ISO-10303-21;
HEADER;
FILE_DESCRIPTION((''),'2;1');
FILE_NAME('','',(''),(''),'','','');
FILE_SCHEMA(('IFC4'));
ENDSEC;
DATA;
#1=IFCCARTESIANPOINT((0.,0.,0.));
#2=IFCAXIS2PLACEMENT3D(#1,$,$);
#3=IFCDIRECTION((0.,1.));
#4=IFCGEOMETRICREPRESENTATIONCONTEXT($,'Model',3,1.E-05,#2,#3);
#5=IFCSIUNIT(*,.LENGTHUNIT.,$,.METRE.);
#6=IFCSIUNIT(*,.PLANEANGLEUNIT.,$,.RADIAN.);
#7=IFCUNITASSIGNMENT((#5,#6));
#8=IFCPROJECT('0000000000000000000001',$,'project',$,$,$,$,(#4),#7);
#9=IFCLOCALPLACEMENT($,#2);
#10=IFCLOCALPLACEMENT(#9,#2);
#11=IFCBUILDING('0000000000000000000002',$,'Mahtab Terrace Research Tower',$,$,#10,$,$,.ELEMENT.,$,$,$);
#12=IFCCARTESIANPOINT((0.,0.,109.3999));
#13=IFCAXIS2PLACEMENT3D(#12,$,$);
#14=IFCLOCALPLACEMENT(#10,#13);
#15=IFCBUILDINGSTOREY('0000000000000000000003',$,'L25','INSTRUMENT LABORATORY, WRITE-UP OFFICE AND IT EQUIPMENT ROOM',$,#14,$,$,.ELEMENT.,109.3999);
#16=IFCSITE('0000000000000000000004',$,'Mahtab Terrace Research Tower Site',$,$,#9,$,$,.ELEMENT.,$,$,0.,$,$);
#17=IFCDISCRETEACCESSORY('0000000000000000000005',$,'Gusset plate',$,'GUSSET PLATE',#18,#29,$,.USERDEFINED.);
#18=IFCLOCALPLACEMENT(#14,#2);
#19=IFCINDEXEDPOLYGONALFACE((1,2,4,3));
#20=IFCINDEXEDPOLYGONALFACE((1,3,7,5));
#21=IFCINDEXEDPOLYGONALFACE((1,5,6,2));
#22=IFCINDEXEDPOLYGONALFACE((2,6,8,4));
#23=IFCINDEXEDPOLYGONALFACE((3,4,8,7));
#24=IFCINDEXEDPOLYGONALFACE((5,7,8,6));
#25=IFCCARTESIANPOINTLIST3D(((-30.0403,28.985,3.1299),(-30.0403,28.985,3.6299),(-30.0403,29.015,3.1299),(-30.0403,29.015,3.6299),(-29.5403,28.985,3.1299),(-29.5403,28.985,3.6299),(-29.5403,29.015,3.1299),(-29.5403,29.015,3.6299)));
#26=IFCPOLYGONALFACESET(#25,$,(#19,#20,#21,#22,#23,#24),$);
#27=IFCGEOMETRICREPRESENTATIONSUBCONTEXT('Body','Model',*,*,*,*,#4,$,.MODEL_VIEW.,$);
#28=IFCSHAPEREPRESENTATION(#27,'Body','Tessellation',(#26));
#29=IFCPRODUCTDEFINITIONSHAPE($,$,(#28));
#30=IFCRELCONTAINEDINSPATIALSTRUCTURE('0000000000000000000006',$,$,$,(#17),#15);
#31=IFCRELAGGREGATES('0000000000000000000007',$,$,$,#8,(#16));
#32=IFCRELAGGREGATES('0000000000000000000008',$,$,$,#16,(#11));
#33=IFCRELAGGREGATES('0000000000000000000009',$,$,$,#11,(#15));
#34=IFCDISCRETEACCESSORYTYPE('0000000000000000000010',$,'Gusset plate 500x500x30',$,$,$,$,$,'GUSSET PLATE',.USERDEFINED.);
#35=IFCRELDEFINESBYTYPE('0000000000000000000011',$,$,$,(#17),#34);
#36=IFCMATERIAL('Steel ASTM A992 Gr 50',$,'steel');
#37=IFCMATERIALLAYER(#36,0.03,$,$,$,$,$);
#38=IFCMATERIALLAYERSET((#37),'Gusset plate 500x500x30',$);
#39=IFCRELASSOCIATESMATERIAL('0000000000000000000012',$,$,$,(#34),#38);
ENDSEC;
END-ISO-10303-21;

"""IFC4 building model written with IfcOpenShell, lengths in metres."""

from ifc_helpers import new_model, si_unit, direction, frame, origin, origin_2d, place, context, subcontext, project, spatial, rectangle, extrude, material, layer, layer_set, type_object, element, save


model = new_model("IFC4")

# Units and contexts
model_context = context("Model", 3, precision=1e-05, world=origin(), true_north=direction((0.0, 1.0)))
body_context = subcontext(model_context, "Body", "Model", "MODEL_VIEW")
ifc_project = project(units=[si_unit("LENGTHUNIT", "METRE"), si_unit("PLANEANGLEUNIT", "RADIAN")], contexts=[model_context])

# Site, building, storey
site_placement = place(None, origin())
site = spatial("IfcSite", under=ifc_project, at=site_placement, Name="Mahtab Terrace Research Tower Site", CompositionType="ELEMENT", RefElevation=0.0)
building_placement = place(site_placement, origin())
building = spatial("IfcBuilding", under=site, at=building_placement, Name="Mahtab Terrace Research Tower", CompositionType="ELEMENT")
storey_placement = place(building_placement, frame((0.0, 0.0, 109.3999)))
storey = spatial("IfcBuildingStorey", under=building, at=storey_placement, Name="L25", Description="INSTRUMENT LABORATORY, WRITE-UP OFFICE AND IT EQUIPMENT ROOM", CompositionType="ELEMENT", Elevation=109.3999)

# Shared definitions
ifc_material_1 = material(Name="Steel ASTM A992 Gr 50", Category="steel")

# Discrete accessory
ifc_layer_1 = layer(ifc_material_1, 0.03)
ifc_layer_set_1 = layer_set([ifc_layer_1], Name="Gusset plate 500x500x30")
discrete_accessory_type = type_object("IfcDiscreteAccessoryType", Name="Gusset plate 500x500x30", ElementType="GUSSET PLATE", PredefinedType="USERDEFINED", material=ifc_layer_set_1)
discrete_accessory_placement = place(storey_placement, frame((-29.7903, 29.0, 3.1299), z_axis=(0.0, 0.0, 1.0), x_axis=(1.0, 0.0, 0.0)))
element("IfcDiscreteAccessory", 1, at=discrete_accessory_placement, inside=storey, type_object=discrete_accessory_type, Name="Gusset plate", ObjectType="GUSSET PLATE", PredefinedType="USERDEFINED", context=body_context, shape_type="SweptSolid", body=[
    extrude(rectangle(XDim=0.5, YDim=0.03, at=origin_2d()), origin(), (0.0, 0.0, 1.0), 0.5),
])

save(model, "model.ifc")
